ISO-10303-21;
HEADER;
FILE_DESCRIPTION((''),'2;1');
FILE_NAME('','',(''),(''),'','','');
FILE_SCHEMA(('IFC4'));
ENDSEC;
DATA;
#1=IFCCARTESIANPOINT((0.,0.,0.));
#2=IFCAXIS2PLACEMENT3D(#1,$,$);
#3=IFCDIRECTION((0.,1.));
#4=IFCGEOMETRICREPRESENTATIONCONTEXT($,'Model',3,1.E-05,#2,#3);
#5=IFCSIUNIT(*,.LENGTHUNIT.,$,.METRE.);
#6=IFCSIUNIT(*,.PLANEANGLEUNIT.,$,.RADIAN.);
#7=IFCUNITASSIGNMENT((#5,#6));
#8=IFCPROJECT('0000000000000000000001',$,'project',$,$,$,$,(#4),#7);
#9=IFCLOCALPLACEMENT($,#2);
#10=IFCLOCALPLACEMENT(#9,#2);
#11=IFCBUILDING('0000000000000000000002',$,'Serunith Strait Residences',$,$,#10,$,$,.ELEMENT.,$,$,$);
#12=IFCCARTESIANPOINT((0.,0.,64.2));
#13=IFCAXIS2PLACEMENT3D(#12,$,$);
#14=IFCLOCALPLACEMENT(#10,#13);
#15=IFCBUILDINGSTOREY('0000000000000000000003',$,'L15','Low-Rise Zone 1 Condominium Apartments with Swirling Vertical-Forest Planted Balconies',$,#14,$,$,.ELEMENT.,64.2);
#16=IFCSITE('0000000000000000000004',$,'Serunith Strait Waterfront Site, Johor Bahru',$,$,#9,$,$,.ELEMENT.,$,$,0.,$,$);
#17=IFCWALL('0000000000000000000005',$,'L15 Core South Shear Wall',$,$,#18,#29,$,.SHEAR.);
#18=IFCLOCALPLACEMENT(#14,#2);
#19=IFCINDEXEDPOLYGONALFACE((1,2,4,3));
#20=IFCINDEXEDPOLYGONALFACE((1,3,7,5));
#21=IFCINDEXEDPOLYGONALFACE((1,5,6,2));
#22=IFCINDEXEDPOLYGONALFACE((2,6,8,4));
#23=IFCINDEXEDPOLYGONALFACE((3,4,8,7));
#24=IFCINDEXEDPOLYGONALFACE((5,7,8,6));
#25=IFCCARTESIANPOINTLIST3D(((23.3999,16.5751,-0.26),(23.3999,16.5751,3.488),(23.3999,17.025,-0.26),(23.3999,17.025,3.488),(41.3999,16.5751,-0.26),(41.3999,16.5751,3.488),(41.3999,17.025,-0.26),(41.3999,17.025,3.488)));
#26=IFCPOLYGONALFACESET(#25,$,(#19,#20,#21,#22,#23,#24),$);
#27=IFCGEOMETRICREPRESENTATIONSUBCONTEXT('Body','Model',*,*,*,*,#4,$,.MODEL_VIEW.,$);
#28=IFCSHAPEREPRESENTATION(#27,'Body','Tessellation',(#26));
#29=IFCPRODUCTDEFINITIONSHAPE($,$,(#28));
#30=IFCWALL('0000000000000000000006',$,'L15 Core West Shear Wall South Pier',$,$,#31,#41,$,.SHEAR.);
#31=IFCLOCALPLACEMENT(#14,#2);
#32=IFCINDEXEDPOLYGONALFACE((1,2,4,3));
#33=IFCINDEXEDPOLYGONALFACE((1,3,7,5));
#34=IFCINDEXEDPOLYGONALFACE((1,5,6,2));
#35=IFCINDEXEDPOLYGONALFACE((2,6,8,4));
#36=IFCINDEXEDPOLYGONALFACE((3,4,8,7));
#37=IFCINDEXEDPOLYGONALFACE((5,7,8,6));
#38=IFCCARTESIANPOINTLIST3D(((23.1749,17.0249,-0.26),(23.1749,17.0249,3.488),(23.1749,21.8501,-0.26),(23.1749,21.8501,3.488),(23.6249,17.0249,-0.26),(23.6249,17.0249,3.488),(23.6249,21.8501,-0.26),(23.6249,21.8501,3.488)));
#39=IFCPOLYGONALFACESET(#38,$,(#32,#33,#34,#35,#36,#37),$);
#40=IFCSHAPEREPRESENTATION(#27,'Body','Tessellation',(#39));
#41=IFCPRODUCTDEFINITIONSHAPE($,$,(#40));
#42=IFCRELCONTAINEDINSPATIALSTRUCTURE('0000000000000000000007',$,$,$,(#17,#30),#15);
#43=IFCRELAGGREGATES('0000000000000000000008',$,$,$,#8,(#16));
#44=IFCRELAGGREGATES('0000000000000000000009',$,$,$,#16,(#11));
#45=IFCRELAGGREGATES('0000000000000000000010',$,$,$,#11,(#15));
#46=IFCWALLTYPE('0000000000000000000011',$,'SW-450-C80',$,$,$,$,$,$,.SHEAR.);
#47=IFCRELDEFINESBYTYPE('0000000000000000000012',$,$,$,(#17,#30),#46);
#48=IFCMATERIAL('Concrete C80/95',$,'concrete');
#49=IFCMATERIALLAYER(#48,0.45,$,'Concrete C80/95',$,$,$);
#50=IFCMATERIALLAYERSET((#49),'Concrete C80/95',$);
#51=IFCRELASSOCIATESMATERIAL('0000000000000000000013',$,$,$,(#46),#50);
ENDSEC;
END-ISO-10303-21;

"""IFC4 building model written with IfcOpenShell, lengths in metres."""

from ifc_helpers import new_model, si_unit, direction, frame, frame_2d, origin, place, context, subcontext, project, spatial, rectangle, extrude, material, layer, layer_set, type_object, element, save


model = new_model("IFC4")

# Units and contexts
model_context = context("Model", 3, precision=1e-05, world=origin(), true_north=direction((0.0, 1.0)))
body_context = subcontext(model_context, "Body", "Model", "MODEL_VIEW")
ifc_project = project(units=[si_unit("LENGTHUNIT", "METRE"), si_unit("PLANEANGLEUNIT", "RADIAN")], contexts=[model_context])

# Site, building, storey
site_placement = place(None, origin())
site = spatial("IfcSite", under=ifc_project, at=site_placement, Name="Serunith Strait Waterfront Site, Johor Bahru", CompositionType="ELEMENT", RefElevation=0.0)
building_placement = place(site_placement, origin())
building = spatial("IfcBuilding", under=site, at=building_placement, Name="Serunith Strait Residences", CompositionType="ELEMENT")
storey_placement = place(building_placement, frame((0.0, 0.0, 64.2)))
storey = spatial("IfcBuildingStorey", under=building, at=storey_placement, Name="L15", Description="Low-Rise Zone 1 Condominium Apartments with Swirling Vertical-Forest Planted Balconies", CompositionType="ELEMENT", Elevation=64.2)

# Walls
ifc_material_1 = material(Name="Concrete C80/95", Category="concrete")
ifc_layer_1 = layer(ifc_material_1, 0.45, Name="Concrete C80/95")
ifc_layer_set_1 = layer_set([ifc_layer_1], Name="Concrete C80/95")
wall_type_1 = type_object("IfcWallType", Name="SW-450-C80", PredefinedType="SHEAR", material=ifc_layer_set_1)
wall_1_placement = place(storey_placement, frame((23.3999, 16.8, -0.26), z_axis=(0.0, 0.0, 1.0), x_axis=(1.0, 0.0, 0.0)))
element("IfcWall", 1, at=wall_1_placement, inside=storey, type_object=wall_type_1, Name="L15 Core South Shear Wall", PredefinedType="SHEAR", context=body_context, shape_type="SweptSolid", body=[
    extrude(rectangle(XDim=18.0, YDim=0.45, at=frame_2d((9.0, 0.0))), origin(), (0.0, 0.0, 1.0), 3.748),
])
wall_2_placement = place(storey_placement, frame((23.3999, 17.0249, -0.26), z_axis=(0.0, 0.0, 1.0), x_axis=(0.0, 1.0, 0.0)))
element("IfcWall", 2, at=wall_2_placement, inside=storey, type_object=wall_type_1, Name="L15 Core West Shear Wall South Pier", PredefinedType="SHEAR", context=body_context, shape_type="SweptSolid", body=[
    extrude(rectangle(XDim=4.8252, YDim=0.45, at=frame_2d((2.4126, 0.0))), origin(), (0.0, 0.0, 1.0), 3.748),
])

save(model, "model.ifc")
